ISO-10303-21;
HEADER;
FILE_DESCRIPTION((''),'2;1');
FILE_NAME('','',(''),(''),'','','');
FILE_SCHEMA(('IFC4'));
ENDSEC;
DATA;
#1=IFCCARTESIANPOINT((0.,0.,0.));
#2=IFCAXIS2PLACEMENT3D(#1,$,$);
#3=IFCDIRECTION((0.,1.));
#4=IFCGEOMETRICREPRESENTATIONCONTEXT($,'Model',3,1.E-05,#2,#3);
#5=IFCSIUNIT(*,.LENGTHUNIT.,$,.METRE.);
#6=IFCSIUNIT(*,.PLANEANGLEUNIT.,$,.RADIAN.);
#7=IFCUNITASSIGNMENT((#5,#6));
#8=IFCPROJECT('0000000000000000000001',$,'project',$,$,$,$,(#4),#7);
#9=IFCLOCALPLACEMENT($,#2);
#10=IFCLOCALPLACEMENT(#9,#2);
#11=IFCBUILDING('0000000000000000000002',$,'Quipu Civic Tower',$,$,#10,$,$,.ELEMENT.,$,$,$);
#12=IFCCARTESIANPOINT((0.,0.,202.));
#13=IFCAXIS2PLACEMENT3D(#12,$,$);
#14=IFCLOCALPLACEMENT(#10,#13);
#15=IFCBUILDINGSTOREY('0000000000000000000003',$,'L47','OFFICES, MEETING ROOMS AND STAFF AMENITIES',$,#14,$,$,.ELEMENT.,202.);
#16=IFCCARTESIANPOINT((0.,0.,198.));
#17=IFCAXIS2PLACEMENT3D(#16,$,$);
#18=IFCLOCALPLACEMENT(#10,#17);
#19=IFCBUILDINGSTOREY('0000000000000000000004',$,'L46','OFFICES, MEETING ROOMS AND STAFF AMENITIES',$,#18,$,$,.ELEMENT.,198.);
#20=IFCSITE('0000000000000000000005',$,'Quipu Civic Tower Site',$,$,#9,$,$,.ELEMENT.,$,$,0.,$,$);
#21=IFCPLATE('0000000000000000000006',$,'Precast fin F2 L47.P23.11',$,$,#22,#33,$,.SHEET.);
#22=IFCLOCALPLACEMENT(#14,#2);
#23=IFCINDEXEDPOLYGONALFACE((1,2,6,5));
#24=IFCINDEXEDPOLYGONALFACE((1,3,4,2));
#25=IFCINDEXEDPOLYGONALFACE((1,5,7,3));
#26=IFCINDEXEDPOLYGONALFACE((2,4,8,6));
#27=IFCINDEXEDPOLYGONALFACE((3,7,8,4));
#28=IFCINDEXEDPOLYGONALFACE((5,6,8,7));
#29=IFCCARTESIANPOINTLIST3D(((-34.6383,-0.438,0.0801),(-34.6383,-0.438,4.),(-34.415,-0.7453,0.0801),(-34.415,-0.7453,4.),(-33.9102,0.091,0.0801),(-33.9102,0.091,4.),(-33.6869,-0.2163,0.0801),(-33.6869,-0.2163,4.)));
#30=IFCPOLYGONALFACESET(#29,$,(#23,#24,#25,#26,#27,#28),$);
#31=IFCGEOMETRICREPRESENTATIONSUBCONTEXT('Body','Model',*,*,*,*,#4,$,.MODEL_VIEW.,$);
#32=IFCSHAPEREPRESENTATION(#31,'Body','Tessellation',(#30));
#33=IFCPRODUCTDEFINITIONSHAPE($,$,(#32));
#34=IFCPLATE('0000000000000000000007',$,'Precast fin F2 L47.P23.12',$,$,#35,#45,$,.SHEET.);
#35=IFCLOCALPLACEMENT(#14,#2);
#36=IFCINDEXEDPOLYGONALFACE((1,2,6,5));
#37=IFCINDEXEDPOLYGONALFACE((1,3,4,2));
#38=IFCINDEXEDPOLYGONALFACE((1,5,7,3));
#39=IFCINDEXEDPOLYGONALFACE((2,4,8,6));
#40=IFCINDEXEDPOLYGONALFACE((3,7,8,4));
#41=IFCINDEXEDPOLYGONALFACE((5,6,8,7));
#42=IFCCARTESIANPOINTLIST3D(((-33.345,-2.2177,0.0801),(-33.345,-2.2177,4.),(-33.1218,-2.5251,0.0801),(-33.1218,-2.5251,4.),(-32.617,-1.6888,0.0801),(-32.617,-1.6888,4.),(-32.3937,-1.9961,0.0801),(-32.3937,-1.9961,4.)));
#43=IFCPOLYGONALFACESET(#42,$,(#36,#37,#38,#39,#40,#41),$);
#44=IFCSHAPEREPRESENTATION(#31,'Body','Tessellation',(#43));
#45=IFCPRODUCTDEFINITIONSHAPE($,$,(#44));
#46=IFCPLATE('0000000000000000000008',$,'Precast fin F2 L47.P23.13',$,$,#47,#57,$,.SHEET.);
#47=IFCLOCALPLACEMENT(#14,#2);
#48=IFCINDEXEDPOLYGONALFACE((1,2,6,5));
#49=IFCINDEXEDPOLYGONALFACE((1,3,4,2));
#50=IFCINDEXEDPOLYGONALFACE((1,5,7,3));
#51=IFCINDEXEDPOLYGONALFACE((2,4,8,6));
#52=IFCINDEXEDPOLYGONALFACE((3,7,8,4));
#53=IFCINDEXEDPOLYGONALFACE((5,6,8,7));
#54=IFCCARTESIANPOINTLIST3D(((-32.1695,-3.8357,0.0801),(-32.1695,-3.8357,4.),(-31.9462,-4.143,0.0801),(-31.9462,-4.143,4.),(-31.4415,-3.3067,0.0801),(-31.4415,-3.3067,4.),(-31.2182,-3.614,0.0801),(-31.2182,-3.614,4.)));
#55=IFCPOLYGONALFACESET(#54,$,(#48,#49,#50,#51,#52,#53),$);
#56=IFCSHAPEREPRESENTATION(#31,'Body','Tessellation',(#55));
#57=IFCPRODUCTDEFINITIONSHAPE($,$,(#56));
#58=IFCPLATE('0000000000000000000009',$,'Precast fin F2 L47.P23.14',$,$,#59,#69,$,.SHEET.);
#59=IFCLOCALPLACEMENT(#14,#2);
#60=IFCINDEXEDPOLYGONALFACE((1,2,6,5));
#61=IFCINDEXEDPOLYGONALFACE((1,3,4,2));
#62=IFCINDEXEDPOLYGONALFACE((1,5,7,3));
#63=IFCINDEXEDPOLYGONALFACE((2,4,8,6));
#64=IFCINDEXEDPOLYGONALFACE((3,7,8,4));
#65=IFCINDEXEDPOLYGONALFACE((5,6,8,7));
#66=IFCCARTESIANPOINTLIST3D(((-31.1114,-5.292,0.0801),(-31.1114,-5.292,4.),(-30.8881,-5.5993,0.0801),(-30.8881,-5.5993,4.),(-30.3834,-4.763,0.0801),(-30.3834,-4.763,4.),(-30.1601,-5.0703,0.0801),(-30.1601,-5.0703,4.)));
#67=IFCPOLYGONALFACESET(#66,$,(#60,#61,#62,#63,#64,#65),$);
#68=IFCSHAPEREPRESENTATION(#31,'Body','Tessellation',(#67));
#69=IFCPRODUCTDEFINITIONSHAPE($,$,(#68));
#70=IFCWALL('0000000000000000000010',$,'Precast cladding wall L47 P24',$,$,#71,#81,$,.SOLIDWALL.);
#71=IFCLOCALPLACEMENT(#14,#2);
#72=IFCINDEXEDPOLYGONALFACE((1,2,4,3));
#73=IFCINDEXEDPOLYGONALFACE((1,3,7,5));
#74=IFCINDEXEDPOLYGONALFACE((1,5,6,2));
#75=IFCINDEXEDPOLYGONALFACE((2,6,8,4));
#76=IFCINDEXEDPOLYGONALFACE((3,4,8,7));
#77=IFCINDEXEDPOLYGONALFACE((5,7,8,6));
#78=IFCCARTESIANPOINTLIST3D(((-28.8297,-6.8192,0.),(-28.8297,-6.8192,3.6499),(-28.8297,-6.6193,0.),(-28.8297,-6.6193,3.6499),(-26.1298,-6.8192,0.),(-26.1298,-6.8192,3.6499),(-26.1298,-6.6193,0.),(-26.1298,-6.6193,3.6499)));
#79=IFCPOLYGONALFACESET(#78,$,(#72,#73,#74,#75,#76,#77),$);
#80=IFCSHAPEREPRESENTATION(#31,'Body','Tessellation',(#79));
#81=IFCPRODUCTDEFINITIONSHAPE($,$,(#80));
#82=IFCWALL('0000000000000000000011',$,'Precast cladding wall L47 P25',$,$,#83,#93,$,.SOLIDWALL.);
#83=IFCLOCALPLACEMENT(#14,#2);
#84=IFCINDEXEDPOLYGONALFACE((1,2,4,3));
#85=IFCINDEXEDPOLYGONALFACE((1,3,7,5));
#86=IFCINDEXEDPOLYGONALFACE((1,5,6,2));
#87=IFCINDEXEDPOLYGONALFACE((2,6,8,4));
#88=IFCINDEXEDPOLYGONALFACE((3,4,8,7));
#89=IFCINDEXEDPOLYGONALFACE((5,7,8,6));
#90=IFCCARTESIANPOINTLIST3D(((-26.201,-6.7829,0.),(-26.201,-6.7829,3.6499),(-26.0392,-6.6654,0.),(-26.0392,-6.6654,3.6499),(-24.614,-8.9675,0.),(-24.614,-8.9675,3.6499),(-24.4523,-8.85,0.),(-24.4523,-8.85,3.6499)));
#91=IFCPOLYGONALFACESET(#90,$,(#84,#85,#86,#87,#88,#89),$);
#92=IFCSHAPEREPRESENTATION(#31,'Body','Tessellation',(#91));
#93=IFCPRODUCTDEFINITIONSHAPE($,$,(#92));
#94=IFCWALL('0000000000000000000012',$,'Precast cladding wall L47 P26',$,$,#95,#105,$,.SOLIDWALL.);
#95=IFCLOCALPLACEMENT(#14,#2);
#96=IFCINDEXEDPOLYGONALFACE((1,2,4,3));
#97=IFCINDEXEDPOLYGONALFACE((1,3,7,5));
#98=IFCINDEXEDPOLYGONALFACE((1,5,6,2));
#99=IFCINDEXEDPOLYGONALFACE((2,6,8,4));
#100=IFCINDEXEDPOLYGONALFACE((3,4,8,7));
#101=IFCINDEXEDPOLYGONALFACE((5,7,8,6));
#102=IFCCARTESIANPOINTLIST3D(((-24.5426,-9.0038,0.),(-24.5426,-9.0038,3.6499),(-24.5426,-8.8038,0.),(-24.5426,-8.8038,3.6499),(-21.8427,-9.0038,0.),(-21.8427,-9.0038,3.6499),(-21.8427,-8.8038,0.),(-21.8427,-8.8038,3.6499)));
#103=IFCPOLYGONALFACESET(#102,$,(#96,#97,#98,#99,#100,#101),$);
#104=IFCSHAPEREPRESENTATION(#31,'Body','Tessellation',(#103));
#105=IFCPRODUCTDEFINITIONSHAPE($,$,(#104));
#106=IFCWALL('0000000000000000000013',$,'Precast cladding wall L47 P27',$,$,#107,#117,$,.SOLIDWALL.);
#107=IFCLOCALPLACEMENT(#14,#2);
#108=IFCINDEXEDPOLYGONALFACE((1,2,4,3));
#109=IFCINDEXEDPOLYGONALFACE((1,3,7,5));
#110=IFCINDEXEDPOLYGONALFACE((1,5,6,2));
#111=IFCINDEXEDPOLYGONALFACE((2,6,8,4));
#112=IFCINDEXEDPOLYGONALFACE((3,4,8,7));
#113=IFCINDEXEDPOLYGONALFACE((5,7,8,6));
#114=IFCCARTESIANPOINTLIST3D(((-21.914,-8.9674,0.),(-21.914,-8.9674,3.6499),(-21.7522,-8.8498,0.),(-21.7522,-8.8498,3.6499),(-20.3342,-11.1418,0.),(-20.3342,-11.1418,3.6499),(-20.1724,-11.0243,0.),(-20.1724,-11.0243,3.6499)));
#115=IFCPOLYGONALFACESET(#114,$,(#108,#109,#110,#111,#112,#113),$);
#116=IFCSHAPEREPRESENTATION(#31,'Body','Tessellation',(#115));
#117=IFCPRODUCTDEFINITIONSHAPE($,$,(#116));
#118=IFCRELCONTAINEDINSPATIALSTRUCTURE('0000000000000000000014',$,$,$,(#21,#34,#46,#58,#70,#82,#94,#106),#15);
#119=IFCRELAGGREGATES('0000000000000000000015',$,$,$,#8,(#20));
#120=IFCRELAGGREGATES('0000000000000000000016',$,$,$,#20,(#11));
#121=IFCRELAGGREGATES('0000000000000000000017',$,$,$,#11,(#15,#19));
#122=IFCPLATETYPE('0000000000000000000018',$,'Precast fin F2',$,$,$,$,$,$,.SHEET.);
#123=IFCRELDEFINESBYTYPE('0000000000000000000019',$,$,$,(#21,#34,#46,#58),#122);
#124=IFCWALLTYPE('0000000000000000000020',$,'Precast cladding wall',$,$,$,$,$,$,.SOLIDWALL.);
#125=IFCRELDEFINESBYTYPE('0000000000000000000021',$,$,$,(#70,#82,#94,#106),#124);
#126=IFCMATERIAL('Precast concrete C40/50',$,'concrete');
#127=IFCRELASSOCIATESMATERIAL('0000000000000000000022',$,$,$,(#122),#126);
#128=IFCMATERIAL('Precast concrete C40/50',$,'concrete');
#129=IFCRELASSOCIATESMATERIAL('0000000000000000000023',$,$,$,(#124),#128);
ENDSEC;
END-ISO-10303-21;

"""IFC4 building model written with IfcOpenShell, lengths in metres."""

from ifc_helpers import new_model, si_unit, direction, frame, frame_2d, origin, origin_2d, place, context, subcontext, project, spatial, rectangle, extrude, material, type_object, element, save


model = new_model("IFC4")

# Units and contexts
model_context = context("Model", 3, precision=1e-05, world=origin(), true_north=direction((0.0, 1.0)))
body_context = subcontext(model_context, "Body", "Model", "MODEL_VIEW")
ifc_project = project(units=[si_unit("LENGTHUNIT", "METRE"), si_unit("PLANEANGLEUNIT", "RADIAN")], contexts=[model_context])

# Site, building, storey
site_placement = place(None, origin())
site = spatial("IfcSite", under=ifc_project, at=site_placement, Name="Quipu Civic Tower Site", CompositionType="ELEMENT", RefElevation=0.0)
building_placement = place(site_placement, origin())
building = spatial("IfcBuilding", under=site, at=building_placement, Name="Quipu Civic Tower", CompositionType="ELEMENT")
storey_1_placement = place(building_placement, frame((0.0, 0.0, 202.0)))
storey_1 = spatial("IfcBuildingStorey", under=building, at=storey_1_placement, Name="L47", Description="OFFICES, MEETING ROOMS AND STAFF AMENITIES", CompositionType="ELEMENT", Elevation=202.0)

# Shared definitions
storey_2_placement = place(building_placement, frame((0.0, 0.0, 198.0)))
storey_2 = spatial("IfcBuildingStorey", under=building, at=storey_2_placement, Name="L46", Description="OFFICES, MEETING ROOMS AND STAFF AMENITIES", CompositionType="ELEMENT", Elevation=198.0)

# Plates
ifc_material_1 = material(Name="Precast concrete C40/50", Category="concrete")
plate_type_1 = type_object("IfcPlateType", Name="Precast fin F2", PredefinedType="SHEET", material=ifc_material_1)
for number, where, z_axis, x_axis, name in (
    (1, (-34.1626, -0.3271, 0.0801), (0.0, 0.0, 1.0), (0.587786, -0.809017, 0.0), "Precast fin F2 L47.P23.11"),
    (2, (-32.8694, -2.1069, 0.0801), (0.0, 0.0, 1.0), (0.587786, -0.809017, 0.0), "Precast fin F2 L47.P23.12"),
    (3, (-31.6938, -3.7249, 0.0801), (0.0, 0.0, 1.0), (0.587786, -0.809017, 0.0), "Precast fin F2 L47.P23.13"),
    (4, (-30.6357, -5.1812, 0.0801), (0.0, 0.0, 1.0), (0.587786, -0.809017, 0.0), "Precast fin F2 L47.P23.14"),
):
    element("IfcPlate", number, at=place(storey_1_placement, frame(where, z_axis=z_axis, x_axis=x_axis)), inside=storey_1, type_object=plate_type_1, Name=name, PredefinedType="SHEET", context=body_context, shape_type="SweptSolid", body=[
        extrude(rectangle(XDim=0.3799, YDim=0.8999, at=origin_2d()), origin(), (0.0, 0.0, 1.0), 3.9199),
    ])

# Walls
ifc_material_2 = material(Name="Precast concrete C40/50", Category="concrete")
wall_type = type_object("IfcWallType", Name="Precast cladding wall", PredefinedType="SOLIDWALL", material=ifc_material_2)
wall_1_placement = place(storey_1_placement, frame((-28.8298, -6.7192, 0.0), z_axis=(0.0, 0.0, 1.0), x_axis=(1.0, 0.0, 0.0)))
element("IfcWall", 5, at=wall_1_placement, inside=storey_1, type_object=wall_type, Name="Precast cladding wall L47 P24", PredefinedType="SOLIDWALL", context=body_context, shape_type="SweptSolid", body=[
    extrude(rectangle(XDim=2.7, YDim=0.2, at=frame_2d((1.3501, 0.0))), origin(), (0.0, 0.0, 1.0), 3.6499),
])
wall_2_placement = place(storey_1_placement, frame((-26.1201, -6.7241, 0.0), z_axis=(0.0, 0.0, 1.0), x_axis=(0.58772, -0.809064, 0.0)))
element("IfcWall", 6, at=wall_2_placement, inside=storey_1, type_object=wall_type, Name="Precast cladding wall L47 P25", PredefinedType="SOLIDWALL", context=body_context, shape_type="SweptSolid", body=[
    extrude(rectangle(XDim=2.7002, YDim=0.2, at=frame_2d((1.3501, 0.0))), origin(), (0.0, 0.0, 1.0), 3.6499),
])
wall_3_placement = place(storey_1_placement, frame((-24.5427, -8.9038, 0.0), z_axis=(0.0, 0.0, 1.0), x_axis=(1.0, 0.0, 0.0)))
element("IfcWall", 7, at=wall_3_placement, inside=storey_1, type_object=wall_type, Name="Precast cladding wall L47 P26", PredefinedType="SOLIDWALL", context=body_context, shape_type="SweptSolid", body=[
    extrude(rectangle(XDim=2.7, YDim=0.2, at=frame_2d((1.3501, 0.0))), origin(), (0.0, 0.0, 1.0), 3.6499),
])
wall_4_placement = place(storey_1_placement, frame((-21.833, -8.9087, 0.0), z_axis=(0.0, 0.0, 1.0), x_axis=(0.587767, -0.809031, 0.0)))
element("IfcWall", 8, at=wall_4_placement, inside=storey_1, type_object=wall_type, Name="Precast cladding wall L47 P27", PredefinedType="SOLIDWALL", context=body_context, shape_type="SweptSolid", body=[
    extrude(rectangle(XDim=2.6877, YDim=0.2, at=frame_2d((1.3438, 0.0))), origin(), (0.0, 0.0, 1.0), 3.6499),
])

save(model, "model.ifc")
